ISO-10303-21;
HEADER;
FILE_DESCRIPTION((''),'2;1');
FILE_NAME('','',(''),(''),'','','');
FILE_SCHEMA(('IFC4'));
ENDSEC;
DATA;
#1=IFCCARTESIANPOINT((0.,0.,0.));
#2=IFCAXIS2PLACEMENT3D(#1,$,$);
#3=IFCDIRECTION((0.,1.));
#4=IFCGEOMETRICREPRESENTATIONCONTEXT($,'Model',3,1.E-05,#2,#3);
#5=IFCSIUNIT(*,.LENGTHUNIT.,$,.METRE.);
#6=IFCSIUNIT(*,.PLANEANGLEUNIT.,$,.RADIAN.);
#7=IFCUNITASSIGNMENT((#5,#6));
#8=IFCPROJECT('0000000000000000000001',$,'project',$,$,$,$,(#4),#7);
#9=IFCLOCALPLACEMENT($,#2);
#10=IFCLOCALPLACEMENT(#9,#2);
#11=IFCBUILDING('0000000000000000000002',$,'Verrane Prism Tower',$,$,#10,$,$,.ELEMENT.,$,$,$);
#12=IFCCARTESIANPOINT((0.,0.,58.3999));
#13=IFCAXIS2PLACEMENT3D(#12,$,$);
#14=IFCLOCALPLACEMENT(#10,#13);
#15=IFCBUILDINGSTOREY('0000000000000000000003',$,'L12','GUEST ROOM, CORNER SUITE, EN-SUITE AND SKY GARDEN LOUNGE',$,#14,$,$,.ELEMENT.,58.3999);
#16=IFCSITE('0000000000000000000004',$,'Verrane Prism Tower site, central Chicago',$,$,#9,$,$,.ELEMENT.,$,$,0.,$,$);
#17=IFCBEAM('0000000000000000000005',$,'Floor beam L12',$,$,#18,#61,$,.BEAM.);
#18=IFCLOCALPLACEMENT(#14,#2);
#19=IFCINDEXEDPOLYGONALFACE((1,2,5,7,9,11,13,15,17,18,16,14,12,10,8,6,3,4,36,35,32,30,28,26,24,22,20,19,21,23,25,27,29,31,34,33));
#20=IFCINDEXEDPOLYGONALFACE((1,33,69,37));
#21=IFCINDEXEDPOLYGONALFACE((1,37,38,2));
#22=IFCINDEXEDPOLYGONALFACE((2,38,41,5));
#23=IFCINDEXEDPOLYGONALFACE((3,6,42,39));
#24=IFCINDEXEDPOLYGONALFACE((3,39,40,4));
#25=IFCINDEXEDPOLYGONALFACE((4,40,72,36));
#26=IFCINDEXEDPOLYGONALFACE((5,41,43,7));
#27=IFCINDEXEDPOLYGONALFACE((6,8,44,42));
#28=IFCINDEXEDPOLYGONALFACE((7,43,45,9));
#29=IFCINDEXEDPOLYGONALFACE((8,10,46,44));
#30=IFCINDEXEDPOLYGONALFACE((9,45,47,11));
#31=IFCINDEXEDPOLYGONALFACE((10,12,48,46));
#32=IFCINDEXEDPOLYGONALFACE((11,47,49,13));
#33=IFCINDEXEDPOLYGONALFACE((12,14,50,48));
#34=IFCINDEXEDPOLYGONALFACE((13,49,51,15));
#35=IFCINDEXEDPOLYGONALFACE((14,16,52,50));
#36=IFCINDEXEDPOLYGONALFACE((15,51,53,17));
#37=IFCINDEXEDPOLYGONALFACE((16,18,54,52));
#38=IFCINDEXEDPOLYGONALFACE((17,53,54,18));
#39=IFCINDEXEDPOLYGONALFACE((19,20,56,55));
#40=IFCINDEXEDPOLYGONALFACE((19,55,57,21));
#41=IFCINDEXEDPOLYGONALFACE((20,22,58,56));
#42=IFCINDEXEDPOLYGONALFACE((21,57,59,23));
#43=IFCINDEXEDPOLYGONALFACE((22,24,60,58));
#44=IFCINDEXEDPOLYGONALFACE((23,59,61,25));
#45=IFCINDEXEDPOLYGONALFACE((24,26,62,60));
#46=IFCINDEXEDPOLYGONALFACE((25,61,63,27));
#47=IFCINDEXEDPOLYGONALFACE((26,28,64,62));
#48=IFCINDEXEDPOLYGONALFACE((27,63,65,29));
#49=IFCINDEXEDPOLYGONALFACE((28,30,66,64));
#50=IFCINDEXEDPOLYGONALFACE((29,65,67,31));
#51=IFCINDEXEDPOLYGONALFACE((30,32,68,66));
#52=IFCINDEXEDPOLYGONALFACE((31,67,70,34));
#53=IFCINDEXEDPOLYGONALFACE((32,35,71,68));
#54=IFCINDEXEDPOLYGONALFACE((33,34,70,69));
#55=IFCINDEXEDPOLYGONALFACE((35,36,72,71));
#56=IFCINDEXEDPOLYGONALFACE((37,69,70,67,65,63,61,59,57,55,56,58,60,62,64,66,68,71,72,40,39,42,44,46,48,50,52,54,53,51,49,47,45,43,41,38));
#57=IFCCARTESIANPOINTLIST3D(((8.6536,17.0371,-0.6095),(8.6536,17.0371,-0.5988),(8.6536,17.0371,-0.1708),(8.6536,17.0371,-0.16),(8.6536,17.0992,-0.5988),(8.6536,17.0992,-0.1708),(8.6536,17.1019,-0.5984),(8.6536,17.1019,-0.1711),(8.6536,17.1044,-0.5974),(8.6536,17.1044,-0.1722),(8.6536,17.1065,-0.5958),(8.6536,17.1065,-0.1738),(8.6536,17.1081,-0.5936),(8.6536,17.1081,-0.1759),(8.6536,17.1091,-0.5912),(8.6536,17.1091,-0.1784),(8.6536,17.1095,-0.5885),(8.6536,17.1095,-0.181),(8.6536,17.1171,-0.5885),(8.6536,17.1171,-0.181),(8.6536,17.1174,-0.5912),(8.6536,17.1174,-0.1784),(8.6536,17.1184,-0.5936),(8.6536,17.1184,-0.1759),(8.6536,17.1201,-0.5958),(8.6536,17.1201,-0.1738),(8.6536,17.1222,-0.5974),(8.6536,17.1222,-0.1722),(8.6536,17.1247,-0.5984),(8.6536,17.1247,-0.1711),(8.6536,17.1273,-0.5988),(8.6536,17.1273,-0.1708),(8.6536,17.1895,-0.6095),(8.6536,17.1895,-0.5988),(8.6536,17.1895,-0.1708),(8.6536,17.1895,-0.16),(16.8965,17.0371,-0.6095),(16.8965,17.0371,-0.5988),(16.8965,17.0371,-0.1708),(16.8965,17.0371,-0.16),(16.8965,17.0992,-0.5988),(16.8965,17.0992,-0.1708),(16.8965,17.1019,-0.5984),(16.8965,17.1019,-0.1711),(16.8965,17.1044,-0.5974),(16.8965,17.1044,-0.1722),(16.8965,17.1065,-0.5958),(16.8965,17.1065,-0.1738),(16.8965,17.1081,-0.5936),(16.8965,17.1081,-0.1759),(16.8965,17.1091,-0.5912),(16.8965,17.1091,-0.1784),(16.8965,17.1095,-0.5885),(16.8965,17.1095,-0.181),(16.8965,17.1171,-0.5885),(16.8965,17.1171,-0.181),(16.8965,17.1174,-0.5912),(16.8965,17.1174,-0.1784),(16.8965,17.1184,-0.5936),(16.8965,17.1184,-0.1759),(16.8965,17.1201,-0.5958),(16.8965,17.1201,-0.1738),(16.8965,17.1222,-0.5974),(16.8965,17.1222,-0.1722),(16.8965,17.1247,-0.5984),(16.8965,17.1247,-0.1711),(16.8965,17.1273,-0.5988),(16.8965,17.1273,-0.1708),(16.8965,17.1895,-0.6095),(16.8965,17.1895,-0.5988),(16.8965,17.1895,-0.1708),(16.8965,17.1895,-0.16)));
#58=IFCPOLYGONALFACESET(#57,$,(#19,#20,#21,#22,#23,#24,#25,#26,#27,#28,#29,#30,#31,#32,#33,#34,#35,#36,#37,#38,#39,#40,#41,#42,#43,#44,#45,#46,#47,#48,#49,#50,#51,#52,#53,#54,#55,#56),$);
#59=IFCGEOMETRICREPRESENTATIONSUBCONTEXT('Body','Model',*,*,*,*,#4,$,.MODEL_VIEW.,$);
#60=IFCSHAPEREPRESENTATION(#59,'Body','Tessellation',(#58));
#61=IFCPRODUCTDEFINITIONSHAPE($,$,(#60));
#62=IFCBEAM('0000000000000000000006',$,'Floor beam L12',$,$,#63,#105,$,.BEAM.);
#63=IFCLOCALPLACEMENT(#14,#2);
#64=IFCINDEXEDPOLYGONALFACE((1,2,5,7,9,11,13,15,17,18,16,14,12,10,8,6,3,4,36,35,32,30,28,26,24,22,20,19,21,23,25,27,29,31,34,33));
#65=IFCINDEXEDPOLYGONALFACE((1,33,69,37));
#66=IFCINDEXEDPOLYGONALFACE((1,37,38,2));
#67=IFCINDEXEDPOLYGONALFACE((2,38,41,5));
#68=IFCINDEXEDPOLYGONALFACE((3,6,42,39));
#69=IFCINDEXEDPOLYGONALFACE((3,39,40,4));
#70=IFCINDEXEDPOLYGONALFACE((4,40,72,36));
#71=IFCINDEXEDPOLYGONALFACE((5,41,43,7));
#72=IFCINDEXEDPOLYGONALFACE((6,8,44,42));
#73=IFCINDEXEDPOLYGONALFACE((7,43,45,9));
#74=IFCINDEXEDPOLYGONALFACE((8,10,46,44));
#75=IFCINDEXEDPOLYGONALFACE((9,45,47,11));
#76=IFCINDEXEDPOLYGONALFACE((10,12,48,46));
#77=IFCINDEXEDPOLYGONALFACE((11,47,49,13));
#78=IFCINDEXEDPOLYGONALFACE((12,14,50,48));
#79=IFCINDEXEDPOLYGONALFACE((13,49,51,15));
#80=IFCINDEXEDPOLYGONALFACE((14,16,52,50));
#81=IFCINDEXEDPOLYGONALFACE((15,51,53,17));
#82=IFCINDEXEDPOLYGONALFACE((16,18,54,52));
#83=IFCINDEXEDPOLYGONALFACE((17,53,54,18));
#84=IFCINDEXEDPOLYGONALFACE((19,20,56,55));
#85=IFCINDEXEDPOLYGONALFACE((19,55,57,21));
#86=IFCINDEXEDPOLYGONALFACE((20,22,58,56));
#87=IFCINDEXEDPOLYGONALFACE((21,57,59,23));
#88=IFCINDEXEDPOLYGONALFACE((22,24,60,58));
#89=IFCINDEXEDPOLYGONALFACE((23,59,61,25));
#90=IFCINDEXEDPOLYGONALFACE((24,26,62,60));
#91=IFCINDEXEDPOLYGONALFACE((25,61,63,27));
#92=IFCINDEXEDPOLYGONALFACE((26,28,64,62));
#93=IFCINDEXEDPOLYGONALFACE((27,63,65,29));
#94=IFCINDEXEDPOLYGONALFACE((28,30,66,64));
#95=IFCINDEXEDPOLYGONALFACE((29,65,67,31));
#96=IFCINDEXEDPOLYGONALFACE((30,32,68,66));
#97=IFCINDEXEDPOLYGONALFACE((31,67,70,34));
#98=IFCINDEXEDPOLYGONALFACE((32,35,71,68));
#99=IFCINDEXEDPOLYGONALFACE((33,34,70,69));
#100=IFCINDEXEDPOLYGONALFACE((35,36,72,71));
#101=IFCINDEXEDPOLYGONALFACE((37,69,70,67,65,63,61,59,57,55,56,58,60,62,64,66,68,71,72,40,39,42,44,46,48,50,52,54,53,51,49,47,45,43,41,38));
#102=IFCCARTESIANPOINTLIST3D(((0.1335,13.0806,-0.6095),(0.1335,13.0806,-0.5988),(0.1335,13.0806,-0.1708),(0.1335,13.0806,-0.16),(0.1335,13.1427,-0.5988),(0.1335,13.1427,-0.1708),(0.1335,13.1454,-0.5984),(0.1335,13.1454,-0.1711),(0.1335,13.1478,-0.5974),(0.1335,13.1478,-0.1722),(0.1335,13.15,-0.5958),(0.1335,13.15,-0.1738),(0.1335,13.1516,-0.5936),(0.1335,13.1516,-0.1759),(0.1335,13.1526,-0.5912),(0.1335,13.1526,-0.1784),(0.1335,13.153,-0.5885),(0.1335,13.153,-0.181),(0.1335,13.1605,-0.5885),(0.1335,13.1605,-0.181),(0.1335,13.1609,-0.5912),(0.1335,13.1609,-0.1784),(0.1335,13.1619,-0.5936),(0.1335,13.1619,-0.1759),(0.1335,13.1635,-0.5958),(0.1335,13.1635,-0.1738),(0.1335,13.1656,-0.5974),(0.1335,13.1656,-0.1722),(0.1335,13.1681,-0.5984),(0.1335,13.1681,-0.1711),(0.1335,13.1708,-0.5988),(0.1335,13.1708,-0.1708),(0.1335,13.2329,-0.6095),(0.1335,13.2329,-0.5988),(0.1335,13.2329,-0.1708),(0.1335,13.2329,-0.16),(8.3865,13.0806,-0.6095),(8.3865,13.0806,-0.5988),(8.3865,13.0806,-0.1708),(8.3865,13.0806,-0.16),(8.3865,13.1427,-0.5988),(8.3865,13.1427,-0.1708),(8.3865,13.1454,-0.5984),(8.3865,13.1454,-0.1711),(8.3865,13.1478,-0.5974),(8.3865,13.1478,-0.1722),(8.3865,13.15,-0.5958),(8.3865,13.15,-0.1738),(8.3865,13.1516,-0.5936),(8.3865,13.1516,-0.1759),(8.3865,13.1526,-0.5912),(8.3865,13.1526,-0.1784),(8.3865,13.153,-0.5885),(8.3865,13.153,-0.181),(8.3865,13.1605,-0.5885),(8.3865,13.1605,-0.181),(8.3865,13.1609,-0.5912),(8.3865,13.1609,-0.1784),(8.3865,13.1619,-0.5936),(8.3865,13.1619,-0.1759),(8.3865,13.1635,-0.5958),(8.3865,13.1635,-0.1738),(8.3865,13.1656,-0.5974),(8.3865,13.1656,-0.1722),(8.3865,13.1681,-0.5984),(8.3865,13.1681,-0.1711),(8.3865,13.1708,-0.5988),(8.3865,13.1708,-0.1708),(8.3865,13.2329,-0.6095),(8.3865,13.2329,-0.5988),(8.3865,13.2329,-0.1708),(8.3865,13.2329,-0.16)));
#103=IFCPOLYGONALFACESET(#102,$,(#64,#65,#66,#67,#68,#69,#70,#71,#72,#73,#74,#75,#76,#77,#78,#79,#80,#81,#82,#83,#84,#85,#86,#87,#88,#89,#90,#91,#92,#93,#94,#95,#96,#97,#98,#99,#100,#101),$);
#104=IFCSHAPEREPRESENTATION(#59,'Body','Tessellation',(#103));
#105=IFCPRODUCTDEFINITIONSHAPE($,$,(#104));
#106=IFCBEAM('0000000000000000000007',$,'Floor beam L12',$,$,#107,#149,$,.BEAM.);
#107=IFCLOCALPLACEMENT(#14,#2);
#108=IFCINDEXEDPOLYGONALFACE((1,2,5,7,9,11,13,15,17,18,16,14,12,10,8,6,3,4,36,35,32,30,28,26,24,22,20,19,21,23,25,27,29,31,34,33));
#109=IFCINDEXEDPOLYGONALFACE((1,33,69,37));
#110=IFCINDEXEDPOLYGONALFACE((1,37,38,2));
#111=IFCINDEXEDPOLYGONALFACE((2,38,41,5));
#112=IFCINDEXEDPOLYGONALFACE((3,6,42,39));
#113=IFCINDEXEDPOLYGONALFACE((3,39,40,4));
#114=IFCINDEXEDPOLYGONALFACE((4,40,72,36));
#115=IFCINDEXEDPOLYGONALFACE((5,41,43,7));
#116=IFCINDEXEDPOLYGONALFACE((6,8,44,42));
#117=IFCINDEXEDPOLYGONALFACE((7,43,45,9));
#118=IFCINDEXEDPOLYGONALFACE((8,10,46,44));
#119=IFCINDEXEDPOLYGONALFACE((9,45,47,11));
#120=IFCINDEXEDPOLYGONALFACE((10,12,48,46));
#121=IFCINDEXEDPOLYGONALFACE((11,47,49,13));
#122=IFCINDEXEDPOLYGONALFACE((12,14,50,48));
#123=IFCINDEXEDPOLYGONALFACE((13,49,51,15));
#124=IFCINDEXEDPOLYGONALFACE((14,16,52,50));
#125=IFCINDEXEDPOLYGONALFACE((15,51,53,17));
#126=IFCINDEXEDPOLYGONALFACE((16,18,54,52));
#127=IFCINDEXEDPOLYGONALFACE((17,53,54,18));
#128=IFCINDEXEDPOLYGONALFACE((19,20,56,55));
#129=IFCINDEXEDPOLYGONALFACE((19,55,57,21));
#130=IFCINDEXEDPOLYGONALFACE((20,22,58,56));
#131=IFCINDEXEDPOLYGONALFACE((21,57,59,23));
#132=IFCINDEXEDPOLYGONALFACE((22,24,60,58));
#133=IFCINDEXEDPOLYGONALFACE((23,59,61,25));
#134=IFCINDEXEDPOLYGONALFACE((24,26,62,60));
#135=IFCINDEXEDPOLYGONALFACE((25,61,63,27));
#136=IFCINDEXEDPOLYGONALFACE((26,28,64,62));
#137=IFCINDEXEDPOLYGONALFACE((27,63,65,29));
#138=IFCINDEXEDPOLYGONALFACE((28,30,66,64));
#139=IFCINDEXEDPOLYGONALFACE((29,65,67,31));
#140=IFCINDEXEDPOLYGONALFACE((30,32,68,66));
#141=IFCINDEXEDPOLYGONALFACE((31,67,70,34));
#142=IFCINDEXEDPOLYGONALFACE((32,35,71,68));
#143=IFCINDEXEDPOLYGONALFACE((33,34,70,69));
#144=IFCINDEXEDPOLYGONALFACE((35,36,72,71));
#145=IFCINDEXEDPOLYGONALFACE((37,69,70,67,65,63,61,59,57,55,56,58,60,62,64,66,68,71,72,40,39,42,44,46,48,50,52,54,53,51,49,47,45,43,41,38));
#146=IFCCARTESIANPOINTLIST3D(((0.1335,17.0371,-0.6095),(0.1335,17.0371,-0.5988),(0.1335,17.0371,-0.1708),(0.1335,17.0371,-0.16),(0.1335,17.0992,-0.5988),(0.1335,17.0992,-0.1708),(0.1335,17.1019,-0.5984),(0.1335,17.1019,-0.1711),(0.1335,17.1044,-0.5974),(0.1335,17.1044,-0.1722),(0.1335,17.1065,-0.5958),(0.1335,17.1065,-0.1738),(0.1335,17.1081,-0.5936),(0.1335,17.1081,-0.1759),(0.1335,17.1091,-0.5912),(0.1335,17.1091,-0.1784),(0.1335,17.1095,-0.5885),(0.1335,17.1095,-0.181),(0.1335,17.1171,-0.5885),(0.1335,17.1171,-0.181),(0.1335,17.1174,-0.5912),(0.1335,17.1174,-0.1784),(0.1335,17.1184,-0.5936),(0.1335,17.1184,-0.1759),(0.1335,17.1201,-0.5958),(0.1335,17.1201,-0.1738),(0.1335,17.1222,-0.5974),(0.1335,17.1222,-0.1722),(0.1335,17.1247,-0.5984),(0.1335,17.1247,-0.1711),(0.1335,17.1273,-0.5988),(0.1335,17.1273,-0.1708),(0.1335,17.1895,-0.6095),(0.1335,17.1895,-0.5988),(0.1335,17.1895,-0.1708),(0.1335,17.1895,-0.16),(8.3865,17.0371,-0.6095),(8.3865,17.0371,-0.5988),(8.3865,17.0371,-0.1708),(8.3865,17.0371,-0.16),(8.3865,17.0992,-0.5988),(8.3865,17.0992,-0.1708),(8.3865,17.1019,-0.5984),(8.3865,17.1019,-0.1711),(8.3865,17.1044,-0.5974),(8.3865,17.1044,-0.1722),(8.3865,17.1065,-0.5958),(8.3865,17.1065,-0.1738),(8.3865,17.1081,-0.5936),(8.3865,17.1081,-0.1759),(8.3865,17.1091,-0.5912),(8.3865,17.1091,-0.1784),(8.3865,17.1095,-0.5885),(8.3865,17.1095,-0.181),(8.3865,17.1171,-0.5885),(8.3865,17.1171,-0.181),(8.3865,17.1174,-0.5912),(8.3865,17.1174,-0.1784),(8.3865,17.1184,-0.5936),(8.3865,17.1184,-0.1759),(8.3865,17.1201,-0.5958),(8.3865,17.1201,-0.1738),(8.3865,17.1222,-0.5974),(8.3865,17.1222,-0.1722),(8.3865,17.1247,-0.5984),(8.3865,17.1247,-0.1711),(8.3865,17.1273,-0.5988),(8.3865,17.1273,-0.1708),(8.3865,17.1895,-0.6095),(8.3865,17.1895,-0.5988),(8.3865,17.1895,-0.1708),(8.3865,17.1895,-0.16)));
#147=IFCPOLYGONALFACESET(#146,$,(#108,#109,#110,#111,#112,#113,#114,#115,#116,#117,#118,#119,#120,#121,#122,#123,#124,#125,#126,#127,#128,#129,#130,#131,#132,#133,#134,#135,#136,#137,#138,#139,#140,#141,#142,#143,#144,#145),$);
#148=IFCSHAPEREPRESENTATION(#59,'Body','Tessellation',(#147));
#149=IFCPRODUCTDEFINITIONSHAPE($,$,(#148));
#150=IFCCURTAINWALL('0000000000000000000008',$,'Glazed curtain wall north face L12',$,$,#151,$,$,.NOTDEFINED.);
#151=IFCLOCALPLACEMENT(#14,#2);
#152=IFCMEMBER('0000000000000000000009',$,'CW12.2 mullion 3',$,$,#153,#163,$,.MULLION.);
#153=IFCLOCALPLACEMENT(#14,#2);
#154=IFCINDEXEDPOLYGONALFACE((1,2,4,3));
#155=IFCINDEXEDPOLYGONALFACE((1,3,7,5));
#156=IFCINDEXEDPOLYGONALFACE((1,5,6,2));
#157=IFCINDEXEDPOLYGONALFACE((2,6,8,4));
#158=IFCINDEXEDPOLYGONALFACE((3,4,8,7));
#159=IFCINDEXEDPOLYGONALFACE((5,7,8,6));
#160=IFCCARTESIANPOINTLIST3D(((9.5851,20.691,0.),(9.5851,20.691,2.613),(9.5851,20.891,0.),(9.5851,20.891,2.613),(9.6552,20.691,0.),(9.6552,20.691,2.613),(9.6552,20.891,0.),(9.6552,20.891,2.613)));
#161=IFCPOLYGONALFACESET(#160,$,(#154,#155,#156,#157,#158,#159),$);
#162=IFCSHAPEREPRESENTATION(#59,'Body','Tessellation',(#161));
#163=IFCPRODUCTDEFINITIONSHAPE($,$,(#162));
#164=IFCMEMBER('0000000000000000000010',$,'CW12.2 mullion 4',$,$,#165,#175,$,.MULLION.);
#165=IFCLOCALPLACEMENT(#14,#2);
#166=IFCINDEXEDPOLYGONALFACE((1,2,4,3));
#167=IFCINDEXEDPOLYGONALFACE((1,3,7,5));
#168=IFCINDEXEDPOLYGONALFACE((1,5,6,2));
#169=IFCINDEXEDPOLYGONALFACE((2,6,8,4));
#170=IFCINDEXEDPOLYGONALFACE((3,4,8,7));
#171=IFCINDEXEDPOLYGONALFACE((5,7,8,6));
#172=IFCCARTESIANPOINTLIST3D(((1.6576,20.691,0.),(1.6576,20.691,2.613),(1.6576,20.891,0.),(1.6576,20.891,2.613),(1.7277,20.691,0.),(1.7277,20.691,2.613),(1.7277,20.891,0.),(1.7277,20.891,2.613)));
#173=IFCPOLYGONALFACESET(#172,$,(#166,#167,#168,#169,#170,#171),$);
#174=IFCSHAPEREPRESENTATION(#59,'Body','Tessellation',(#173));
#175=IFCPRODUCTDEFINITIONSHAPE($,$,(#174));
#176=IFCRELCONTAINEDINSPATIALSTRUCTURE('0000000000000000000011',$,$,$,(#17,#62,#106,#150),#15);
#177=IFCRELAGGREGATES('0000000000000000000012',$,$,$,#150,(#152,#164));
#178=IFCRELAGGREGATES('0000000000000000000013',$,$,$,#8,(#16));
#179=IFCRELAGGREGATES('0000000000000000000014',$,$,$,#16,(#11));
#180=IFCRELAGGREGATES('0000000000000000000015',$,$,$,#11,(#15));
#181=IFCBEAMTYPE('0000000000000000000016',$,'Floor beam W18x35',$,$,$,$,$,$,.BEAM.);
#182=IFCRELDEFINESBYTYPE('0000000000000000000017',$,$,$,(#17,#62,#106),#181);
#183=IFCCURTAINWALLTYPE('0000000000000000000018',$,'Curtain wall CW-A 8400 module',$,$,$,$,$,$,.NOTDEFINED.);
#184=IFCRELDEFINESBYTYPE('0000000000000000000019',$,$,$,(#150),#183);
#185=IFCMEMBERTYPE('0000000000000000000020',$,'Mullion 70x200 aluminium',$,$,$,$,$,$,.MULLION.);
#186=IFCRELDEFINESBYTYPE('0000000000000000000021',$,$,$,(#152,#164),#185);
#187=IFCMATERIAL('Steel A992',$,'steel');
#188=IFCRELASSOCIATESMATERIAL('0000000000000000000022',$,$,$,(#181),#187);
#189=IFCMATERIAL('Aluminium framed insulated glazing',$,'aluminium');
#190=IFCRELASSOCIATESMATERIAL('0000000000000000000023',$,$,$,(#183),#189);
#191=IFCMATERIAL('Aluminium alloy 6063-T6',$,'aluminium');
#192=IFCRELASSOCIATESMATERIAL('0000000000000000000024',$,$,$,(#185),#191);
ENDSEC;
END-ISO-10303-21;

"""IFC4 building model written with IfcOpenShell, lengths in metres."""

from ifc_helpers import new_model, si_unit, direction, frame, origin, origin_2d, place, context, subcontext, project, spatial, rectangle, i_section, extrude, material, material_profile, profile_set, type_object, element, aggregate, save


model = new_model("IFC4")

# Units and contexts
model_context = context("Model", 3, precision=1e-05, world=origin(), true_north=direction((0.0, 1.0)))
body_context = subcontext(model_context, "Body", "Model", "MODEL_VIEW")
ifc_project = project(units=[si_unit("LENGTHUNIT", "METRE"), si_unit("PLANEANGLEUNIT", "RADIAN")], contexts=[model_context])

# Site, building, storey
site_placement = place(None, origin())
site = spatial("IfcSite", under=ifc_project, at=site_placement, Name="Verrane Prism Tower site, central Chicago", CompositionType="ELEMENT", RefElevation=0.0)
building_placement = place(site_placement, origin())
building = spatial("IfcBuilding", under=site, at=building_placement, Name="Verrane Prism Tower", CompositionType="ELEMENT")
storey_placement = place(building_placement, frame((0.0, 0.0, 58.3999)))
storey = spatial("IfcBuildingStorey", under=building, at=storey_placement, Name="L12", Description="GUEST ROOM, CORNER SUITE, EN-SUITE AND SKY GARDEN LOUNGE", CompositionType="ELEMENT", Elevation=58.3999)

# Beams
ifc_material_1 = material(Name="Steel A992", Category="steel")
ifc_material_profile_1 = material_profile(ifc_material_1, i_section(OverallWidth=0.1523, OverallDepth=0.4495, WebThickness=0.0076, FlangeThickness=0.0107, FilletRadius=0.0103, at=origin_2d()), Name="W18x35")
ifc_profile_set_1 = profile_set([ifc_material_profile_1], Name="Steel A992")
beam_type_1 = type_object("IfcBeamType", Name="Floor beam W18x35", PredefinedType="BEAM", material=ifc_profile_set_1)
for number, where, z_axis, x_axis, name in (
    (1, (8.6536, 17.1133, -0.3848), (1.0, 0.0, 0.0), (0.0, 1.0, 0.0), "Floor beam L12"),
):
    element("IfcBeam", number, at=place(storey_placement, frame(where, z_axis=z_axis, x_axis=x_axis)), inside=storey, type_object=beam_type_1, Name=name, PredefinedType="BEAM", context=body_context, shape_type="SweptSolid", body=[
        extrude(i_section(OverallWidth=0.1523, OverallDepth=0.4495, WebThickness=0.0076, FlangeThickness=0.0107, FilletRadius=0.0103, at=origin_2d()), origin(), (0.0, 0.0, 1.0), 8.2429),
    ])
for number, where, z_axis, x_axis, name in (
    (2, (0.1335, 13.1567, -0.3848), (1.0, 0.0, 0.0), (0.0, 1.0, 0.0), "Floor beam L12"),
    (3, (0.1335, 17.1133, -0.3848), (1.0, 0.0, 0.0), (0.0, 1.0, 0.0), "Floor beam L12"),
):
    element("IfcBeam", number, at=place(storey_placement, frame(where, z_axis=z_axis, x_axis=x_axis)), inside=storey, type_object=beam_type_1, Name=name, PredefinedType="BEAM", context=body_context, shape_type="SweptSolid", body=[
        extrude(i_section(OverallWidth=0.1523, OverallDepth=0.4495, WebThickness=0.0076, FlangeThickness=0.0107, FilletRadius=0.0103, at=origin_2d()), origin(), (0.0, 0.0, 1.0), 8.2529),
    ])

# Curtain wall, members
ifc_material_2 = material(Name="Aluminium framed insulated glazing", Category="aluminium")
curtain_wall_type = type_object("IfcCurtainWallType", Name="Curtain wall CW-A 8400 module", PredefinedType="NOTDEFINED", material=ifc_material_2)
curtain_wall_placement = place(storey_placement, origin())
curtain_wall = element("IfcCurtainWall", 4, at=curtain_wall_placement, inside=storey, type_object=curtain_wall_type, Name="Glazed curtain wall north face L12", PredefinedType="NOTDEFINED")
ifc_material_3 = material(Name="Aluminium alloy 6063-T6", Category="aluminium")
ifc_material_profile_2 = material_profile(ifc_material_3, rectangle(XDim=0.2, YDim=0.0701, at=origin_2d()), Name="Mullion 70x200 aluminium")
ifc_profile_set_2 = profile_set([ifc_material_profile_2], Name="Aluminium alloy 6063-T6")
member_type_1 = type_object("IfcMemberType", Name="Mullion 70x200 aluminium", PredefinedType="MULLION", material=ifc_profile_set_2)
member_1_placement = place(storey_placement, frame((9.6201, 20.791, 0.0), z_axis=(0.0, 0.0, 1.0), x_axis=(0.0, -1.0, 0.0)))
member_1 = element("IfcMember", 5, at=member_1_placement, type_object=member_type_1, Name="CW12.2 mullion 3", PredefinedType="MULLION", context=body_context, shape_type="SweptSolid", body=[
    extrude(rectangle(XDim=0.2, YDim=0.0701, at=origin_2d()), origin(), (0.0, 0.0, 1.0), 2.613),
])
member_2_placement = place(storey_placement, frame((1.6926, 20.791, 0.0), z_axis=(0.0, 0.0, 1.0), x_axis=(0.0, -1.0, 0.0)))
member_2 = element("IfcMember", 6, at=member_2_placement, type_object=member_type_1, Name="CW12.2 mullion 4", PredefinedType="MULLION", context=body_context, shape_type="SweptSolid", body=[
    extrude(rectangle(XDim=0.2, YDim=0.0701, at=origin_2d()), origin(), (0.0, 0.0, 1.0), 2.613),
])

aggregate(curtain_wall, [member_1, member_2])

save(model, "model.ifc")
